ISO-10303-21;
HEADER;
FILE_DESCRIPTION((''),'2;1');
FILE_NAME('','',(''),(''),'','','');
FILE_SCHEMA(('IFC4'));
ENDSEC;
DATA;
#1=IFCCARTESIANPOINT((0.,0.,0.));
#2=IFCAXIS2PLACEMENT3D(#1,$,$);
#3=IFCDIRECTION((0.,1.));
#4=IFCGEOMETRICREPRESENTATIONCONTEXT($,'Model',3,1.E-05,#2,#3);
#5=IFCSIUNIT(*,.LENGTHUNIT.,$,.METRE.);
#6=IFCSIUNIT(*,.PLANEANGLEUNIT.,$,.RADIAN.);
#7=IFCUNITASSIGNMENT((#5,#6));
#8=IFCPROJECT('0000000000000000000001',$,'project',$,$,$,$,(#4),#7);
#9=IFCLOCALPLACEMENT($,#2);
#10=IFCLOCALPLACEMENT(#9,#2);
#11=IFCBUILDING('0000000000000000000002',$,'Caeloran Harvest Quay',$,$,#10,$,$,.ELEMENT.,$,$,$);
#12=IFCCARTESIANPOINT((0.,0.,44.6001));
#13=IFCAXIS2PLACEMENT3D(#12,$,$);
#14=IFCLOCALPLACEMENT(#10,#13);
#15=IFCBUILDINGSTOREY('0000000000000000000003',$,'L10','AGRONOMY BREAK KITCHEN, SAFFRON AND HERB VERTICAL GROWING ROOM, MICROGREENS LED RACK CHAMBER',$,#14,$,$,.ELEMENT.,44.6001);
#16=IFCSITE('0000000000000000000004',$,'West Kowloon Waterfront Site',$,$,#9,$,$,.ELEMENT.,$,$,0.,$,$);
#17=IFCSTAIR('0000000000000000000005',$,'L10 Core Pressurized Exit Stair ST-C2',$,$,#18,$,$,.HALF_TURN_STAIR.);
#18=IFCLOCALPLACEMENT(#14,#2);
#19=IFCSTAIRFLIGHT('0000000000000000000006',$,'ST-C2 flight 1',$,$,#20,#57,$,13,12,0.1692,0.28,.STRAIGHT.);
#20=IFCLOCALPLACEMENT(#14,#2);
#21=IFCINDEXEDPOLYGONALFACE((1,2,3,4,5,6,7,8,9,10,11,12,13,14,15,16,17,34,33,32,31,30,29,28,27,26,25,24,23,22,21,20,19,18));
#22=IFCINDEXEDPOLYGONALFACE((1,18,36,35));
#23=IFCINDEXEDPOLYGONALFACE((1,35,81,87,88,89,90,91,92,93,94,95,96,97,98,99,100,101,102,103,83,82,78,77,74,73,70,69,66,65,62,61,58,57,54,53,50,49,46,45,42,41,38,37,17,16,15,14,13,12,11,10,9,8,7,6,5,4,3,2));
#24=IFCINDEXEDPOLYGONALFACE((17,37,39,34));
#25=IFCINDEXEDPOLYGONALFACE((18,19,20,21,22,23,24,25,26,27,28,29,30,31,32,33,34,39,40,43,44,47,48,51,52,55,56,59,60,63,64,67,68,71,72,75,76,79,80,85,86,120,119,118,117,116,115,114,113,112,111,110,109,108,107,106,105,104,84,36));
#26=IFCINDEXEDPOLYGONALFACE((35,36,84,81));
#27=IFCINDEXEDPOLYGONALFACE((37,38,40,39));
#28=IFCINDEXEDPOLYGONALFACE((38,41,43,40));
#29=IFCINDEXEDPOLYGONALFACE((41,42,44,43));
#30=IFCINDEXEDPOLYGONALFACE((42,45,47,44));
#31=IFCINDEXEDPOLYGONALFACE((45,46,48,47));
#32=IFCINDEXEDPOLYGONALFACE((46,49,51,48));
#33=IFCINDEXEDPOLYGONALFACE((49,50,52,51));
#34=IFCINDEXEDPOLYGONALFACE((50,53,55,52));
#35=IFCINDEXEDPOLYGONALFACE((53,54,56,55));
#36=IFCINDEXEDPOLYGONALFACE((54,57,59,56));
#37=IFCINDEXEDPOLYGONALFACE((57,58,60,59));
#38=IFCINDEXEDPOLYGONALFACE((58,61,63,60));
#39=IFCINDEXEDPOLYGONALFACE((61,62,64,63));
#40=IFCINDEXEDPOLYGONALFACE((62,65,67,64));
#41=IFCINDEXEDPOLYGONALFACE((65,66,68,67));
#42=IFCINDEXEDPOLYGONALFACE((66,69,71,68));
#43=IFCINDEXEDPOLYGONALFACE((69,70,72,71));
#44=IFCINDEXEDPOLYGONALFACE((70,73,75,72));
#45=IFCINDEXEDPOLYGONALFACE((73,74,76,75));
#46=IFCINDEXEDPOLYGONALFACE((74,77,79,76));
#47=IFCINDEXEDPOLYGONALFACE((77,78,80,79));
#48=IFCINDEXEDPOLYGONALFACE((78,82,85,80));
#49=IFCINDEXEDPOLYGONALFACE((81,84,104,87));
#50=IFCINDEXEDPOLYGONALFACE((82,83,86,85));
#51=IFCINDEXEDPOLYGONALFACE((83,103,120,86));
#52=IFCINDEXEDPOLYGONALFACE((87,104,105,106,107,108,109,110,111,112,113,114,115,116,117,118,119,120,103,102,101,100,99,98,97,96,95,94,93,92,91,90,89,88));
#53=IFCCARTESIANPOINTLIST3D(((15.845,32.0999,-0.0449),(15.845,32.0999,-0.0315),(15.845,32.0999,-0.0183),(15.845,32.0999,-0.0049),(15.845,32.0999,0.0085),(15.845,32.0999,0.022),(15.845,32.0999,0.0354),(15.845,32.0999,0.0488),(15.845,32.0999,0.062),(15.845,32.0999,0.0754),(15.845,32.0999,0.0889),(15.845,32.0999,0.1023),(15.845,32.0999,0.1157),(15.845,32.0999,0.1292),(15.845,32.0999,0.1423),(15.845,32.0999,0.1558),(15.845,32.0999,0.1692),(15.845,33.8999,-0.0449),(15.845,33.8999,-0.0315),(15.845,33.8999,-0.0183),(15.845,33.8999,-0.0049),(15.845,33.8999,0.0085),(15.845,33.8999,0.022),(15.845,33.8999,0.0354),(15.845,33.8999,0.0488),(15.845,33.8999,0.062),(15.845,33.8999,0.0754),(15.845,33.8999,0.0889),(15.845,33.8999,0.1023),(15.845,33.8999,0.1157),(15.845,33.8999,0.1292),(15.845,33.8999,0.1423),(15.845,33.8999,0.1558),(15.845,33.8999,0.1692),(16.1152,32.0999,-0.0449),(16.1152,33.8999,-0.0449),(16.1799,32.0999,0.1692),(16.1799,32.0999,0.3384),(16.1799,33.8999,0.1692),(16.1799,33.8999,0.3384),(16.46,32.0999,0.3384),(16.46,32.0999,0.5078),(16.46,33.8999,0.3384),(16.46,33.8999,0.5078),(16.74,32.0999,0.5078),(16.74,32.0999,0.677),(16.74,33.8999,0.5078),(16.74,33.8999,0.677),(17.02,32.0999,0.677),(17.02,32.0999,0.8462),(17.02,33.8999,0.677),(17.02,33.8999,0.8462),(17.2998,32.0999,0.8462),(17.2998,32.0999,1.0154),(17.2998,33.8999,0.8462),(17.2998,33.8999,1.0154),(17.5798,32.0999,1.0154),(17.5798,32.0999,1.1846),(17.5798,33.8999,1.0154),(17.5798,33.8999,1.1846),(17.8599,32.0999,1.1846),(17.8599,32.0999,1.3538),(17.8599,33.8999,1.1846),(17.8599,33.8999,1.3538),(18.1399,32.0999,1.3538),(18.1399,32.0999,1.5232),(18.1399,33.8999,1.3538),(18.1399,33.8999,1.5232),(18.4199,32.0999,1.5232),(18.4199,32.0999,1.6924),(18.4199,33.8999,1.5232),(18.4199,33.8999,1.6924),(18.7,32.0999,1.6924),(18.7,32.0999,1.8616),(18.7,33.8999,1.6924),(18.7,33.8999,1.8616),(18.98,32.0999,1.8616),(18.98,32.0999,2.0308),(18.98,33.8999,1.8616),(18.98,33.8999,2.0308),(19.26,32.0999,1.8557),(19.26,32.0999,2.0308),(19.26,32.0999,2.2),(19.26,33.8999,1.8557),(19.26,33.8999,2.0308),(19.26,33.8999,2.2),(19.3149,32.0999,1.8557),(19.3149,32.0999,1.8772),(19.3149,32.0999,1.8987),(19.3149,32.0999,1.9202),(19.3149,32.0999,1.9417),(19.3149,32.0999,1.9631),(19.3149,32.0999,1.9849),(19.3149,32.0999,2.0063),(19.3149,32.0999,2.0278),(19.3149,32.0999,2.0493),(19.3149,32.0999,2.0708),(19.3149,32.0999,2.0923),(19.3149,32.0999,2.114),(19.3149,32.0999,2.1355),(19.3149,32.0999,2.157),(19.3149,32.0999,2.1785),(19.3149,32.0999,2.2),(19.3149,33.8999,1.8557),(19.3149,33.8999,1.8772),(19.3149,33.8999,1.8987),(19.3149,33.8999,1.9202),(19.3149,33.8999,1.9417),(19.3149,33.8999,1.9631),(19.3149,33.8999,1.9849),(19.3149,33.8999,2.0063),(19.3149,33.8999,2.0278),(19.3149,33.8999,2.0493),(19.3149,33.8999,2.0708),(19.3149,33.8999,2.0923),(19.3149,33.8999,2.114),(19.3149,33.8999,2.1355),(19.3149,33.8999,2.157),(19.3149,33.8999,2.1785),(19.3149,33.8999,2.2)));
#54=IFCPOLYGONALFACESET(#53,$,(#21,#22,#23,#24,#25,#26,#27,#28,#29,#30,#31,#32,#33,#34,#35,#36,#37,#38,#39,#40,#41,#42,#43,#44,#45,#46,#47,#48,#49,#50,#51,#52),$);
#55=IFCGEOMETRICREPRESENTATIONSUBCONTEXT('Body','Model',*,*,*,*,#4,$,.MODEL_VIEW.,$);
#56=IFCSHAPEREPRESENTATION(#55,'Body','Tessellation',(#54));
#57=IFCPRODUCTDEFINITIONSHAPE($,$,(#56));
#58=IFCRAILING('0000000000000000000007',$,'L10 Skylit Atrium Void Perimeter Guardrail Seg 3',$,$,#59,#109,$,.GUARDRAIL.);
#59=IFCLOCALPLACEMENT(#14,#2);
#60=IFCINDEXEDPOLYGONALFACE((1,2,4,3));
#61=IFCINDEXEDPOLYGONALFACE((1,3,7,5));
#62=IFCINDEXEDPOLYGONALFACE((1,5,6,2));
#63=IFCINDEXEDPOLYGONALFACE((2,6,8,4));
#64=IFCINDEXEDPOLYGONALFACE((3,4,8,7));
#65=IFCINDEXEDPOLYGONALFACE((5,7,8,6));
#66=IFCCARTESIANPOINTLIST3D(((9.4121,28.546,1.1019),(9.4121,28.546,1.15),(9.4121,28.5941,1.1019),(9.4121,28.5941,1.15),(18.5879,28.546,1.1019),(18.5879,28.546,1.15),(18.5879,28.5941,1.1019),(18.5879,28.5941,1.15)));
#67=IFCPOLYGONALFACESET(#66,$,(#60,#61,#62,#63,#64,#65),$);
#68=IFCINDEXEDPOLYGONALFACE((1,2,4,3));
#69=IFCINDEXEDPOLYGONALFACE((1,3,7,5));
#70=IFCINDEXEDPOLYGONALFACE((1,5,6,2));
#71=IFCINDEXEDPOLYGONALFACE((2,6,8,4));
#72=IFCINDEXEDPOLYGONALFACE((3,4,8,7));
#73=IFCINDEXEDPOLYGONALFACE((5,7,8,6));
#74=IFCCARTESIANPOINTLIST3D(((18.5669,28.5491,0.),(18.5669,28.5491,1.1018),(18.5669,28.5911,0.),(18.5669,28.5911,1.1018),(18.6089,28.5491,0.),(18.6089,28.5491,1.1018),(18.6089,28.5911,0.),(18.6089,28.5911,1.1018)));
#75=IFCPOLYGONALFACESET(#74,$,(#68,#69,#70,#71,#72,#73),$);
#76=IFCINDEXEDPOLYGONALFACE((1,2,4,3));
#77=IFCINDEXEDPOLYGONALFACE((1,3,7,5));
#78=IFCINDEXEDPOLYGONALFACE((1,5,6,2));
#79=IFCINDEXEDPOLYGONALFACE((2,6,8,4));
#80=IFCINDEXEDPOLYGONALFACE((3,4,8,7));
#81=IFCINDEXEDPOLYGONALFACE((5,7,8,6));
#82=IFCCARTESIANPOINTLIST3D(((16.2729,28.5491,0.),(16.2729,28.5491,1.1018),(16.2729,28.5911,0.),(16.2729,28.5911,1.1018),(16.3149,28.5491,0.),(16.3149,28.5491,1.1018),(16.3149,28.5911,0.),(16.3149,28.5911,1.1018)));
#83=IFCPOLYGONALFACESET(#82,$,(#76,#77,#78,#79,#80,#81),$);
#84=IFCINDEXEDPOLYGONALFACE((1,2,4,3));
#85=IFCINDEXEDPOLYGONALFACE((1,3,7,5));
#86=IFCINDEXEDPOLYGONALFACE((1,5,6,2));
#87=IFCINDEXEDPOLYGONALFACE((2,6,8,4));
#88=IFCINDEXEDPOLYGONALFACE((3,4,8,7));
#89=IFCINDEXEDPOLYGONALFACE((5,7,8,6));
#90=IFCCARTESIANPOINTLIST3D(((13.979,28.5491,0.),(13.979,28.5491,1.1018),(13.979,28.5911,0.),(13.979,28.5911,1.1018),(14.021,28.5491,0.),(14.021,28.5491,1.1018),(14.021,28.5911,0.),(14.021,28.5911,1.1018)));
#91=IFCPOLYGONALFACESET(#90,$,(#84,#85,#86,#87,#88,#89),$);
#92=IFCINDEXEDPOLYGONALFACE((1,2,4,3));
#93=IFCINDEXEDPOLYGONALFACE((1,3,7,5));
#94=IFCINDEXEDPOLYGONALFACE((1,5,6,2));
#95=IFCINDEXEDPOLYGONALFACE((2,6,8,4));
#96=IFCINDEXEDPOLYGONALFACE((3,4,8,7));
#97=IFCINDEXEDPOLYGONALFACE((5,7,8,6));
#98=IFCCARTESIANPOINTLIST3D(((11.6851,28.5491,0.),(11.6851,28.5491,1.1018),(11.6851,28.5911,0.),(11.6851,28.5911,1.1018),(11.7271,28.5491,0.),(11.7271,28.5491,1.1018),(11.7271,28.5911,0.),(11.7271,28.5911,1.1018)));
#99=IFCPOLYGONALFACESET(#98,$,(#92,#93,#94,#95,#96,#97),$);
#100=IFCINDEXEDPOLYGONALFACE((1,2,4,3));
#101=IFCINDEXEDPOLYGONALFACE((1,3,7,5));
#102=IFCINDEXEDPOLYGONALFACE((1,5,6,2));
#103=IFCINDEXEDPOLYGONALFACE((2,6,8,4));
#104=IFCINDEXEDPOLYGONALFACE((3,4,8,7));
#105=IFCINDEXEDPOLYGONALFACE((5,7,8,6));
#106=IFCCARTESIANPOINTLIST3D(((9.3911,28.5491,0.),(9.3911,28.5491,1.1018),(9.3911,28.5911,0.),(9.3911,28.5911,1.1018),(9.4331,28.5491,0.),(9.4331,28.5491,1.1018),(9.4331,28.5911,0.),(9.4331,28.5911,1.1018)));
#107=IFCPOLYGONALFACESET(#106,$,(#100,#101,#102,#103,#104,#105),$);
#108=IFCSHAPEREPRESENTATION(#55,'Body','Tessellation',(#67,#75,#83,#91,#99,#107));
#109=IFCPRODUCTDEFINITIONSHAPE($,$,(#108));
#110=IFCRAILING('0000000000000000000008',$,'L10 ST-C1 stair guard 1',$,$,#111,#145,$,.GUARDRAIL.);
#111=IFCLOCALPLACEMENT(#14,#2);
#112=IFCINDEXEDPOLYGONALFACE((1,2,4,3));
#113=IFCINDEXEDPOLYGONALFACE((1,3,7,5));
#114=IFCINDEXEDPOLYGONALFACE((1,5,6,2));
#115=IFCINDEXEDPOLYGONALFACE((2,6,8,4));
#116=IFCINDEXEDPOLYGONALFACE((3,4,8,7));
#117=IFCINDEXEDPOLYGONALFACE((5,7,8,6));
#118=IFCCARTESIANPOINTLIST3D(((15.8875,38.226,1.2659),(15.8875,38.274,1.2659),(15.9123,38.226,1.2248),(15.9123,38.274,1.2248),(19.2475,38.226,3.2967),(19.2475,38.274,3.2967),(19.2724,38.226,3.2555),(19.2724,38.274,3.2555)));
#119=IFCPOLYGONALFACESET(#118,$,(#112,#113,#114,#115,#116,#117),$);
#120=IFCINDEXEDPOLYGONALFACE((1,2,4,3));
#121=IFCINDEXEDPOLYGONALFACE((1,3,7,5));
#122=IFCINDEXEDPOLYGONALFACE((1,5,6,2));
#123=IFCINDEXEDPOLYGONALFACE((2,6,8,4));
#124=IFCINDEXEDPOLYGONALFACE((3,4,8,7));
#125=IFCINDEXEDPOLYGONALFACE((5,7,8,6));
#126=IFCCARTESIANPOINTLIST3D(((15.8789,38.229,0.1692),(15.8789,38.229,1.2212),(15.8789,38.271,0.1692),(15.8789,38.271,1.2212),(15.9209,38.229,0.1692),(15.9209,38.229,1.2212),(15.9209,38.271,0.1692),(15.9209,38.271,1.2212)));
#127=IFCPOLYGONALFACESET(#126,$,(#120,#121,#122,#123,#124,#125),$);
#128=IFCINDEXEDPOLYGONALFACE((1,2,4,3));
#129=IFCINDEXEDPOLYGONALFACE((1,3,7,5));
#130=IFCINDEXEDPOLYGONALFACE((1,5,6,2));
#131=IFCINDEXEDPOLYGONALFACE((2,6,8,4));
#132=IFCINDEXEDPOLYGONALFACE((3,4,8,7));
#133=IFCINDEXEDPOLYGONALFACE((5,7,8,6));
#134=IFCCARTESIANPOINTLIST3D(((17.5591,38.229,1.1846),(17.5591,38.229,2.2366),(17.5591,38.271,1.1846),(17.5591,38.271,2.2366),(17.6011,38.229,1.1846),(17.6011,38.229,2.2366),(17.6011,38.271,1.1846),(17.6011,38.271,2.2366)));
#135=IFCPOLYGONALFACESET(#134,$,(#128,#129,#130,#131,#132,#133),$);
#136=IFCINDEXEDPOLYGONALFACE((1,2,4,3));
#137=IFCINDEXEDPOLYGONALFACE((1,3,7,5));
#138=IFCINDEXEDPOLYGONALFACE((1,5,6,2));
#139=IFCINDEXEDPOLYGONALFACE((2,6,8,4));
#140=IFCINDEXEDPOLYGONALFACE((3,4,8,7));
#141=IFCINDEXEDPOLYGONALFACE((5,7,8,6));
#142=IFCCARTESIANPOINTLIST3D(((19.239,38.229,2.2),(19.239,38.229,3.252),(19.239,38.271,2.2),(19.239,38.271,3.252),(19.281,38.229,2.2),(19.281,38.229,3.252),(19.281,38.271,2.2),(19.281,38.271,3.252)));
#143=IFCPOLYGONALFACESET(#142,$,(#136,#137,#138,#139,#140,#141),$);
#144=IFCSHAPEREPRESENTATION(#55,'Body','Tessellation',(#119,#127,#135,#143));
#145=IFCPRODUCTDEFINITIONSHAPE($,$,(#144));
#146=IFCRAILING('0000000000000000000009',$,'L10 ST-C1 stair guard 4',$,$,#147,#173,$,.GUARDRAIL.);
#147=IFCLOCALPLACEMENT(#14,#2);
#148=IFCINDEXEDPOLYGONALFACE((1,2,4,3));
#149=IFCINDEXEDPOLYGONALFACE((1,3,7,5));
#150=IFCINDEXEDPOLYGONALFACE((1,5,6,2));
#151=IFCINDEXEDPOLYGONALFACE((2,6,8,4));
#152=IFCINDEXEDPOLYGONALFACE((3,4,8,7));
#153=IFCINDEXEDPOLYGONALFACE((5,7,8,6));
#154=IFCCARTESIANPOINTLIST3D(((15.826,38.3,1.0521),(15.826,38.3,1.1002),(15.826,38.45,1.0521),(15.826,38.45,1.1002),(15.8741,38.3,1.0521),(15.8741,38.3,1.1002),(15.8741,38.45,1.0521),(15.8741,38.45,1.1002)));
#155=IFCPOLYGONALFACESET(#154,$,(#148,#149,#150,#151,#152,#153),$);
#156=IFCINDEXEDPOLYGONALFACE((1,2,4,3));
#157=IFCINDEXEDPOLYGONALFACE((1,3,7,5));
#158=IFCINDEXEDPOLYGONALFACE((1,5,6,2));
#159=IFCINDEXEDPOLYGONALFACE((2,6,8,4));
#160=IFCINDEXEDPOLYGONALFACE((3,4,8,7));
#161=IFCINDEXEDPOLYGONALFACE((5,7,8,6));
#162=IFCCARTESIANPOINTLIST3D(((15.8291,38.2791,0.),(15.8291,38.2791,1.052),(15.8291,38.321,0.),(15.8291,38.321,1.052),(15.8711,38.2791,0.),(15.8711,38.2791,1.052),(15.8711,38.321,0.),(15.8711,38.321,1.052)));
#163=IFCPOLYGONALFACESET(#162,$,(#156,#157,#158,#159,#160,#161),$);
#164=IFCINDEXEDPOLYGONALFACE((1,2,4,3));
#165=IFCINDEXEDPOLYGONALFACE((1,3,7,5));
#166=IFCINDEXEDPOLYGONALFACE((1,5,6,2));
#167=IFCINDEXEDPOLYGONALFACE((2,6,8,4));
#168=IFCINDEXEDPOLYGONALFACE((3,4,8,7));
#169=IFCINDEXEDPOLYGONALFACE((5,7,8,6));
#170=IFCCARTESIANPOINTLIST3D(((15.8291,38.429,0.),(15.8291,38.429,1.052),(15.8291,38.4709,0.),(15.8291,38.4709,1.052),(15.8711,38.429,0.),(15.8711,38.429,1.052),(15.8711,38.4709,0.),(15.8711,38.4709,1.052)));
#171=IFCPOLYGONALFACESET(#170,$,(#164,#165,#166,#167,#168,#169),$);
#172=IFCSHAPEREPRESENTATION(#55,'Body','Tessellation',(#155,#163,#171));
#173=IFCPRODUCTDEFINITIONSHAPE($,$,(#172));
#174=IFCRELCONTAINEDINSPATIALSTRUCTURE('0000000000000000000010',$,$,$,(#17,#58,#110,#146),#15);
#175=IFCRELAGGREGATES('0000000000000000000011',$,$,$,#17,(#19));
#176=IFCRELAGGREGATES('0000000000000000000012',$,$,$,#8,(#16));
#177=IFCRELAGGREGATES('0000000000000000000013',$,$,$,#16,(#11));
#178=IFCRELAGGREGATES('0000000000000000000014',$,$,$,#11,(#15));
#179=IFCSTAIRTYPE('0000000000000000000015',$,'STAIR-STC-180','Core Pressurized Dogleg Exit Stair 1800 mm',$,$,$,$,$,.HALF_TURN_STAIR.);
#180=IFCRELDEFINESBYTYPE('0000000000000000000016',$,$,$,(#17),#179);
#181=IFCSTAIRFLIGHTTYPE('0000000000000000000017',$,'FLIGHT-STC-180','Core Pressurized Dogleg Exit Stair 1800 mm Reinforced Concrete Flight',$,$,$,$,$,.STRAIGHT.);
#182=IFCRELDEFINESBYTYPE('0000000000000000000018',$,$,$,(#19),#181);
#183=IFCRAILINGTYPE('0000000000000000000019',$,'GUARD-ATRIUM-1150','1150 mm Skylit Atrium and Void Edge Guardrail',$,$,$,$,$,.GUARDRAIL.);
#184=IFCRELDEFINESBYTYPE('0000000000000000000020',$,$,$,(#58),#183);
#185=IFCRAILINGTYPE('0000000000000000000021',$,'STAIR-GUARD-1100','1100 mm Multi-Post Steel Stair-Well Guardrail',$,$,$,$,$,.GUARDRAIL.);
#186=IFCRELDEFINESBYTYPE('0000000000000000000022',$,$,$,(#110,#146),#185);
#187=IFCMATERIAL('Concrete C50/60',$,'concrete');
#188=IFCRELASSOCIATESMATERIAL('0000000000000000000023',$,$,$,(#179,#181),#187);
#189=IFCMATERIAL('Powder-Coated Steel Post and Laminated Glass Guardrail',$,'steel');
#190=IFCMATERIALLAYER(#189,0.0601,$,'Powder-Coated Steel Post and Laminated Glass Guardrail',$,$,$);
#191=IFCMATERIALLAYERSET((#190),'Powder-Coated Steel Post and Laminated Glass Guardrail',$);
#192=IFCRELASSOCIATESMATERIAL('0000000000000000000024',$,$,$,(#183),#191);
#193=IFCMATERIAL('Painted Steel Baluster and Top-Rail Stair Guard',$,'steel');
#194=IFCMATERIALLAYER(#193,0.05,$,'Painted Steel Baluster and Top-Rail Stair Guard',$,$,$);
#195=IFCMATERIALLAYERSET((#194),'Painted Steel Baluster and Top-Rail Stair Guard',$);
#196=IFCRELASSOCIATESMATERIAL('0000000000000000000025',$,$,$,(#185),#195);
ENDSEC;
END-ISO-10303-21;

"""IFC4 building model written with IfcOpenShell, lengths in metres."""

from ifc_helpers import new_model, si_unit, direction, frame, origin, origin_2d, place, context, subcontext, project, spatial, polyline, rectangle, outline, extrude, material, layer, layer_set, type_object, element, aggregate, save


model = new_model("IFC4")

# Units and contexts
model_context = context("Model", 3, precision=1e-05, world=origin(), true_north=direction((0.0, 1.0)))
body_context = subcontext(model_context, "Body", "Model", "MODEL_VIEW")
ifc_project = project(units=[si_unit("LENGTHUNIT", "METRE"), si_unit("PLANEANGLEUNIT", "RADIAN")], contexts=[model_context])

# Site, building, storey
site_placement = place(None, origin())
site = spatial("IfcSite", under=ifc_project, at=site_placement, Name="West Kowloon Waterfront Site", CompositionType="ELEMENT", RefElevation=0.0)
building_placement = place(site_placement, origin())
building = spatial("IfcBuilding", under=site, at=building_placement, Name="Caeloran Harvest Quay", CompositionType="ELEMENT")
storey_placement = place(building_placement, frame((0.0, 0.0, 44.6001)))
storey = spatial("IfcBuildingStorey", under=building, at=storey_placement, Name="L10", Description="AGRONOMY BREAK KITCHEN, SAFFRON AND HERB VERTICAL GROWING ROOM, MICROGREENS LED RACK CHAMBER", CompositionType="ELEMENT", Elevation=44.6001)

# Stair, stair flight
ifc_material_1 = material(Name="Concrete C50/60", Category="concrete")
stair_type = type_object("IfcStairType", Name="STAIR-STC-180", Description="Core Pressurized Dogleg Exit Stair 1800 mm", PredefinedType="HALF_TURN_STAIR", material=ifc_material_1)
stair_flight_type = type_object("IfcStairFlightType", Name="FLIGHT-STC-180", Description="Core Pressurized Dogleg Exit Stair 1800 mm Reinforced Concrete Flight", PredefinedType="STRAIGHT", material=ifc_material_1)
stair_1_placement = place(storey_placement, origin())
stair_1 = element("IfcStair", 1, at=stair_1_placement, inside=storey, type_object=stair_type, Name="L10 Core Pressurized Exit Stair ST-C2", PredefinedType="HALF_TURN_STAIR")
stair_flight_1_placement = place(storey_placement, frame((15.8999, 33.0, 0.0), z_axis=(0.0, 0.0, 1.0), x_axis=(1.0, 0.0, 0.0)))
stair_flight_1 = element("IfcStairFlight", 2, at=stair_flight_1_placement, type_object=stair_flight_type, Name="ST-C2 flight 1", NumberOfRisers=13, NumberOfTreads=12, PredefinedType="STRAIGHT", RiserHeight=0.1692, TreadLength=0.28, context=body_context, shape_type="SweptSolid", body=[
    extrude(outline(polyline([(-0.0549, -0.0449), (-0.0549, -0.0315), (-0.0549, -0.0183), (-0.0549, -0.0049), (-0.0549, 0.0085), (-0.0549, 0.022), (-0.0549, 0.0354), (-0.0549, 0.0488), (-0.0549, 0.062), (-0.0549, 0.0754), (-0.0549, 0.0889), (-0.0549, 0.1023), (-0.0549, 0.1157), (-0.0549, 0.1292), (-0.0549, 0.1423), (-0.0549, 0.1558), (-0.0549, 0.1692), (0.28, 0.1692), (0.28, 0.3384), (0.5601, 0.3384), (0.5601, 0.5078), (0.8401, 0.5078), (0.8401, 0.677), (1.1201, 0.677), (1.1201, 0.8462), (1.3999, 0.8462), (1.3999, 1.0154), (1.6799, 1.0154), (1.6799, 1.1846), (1.96, 1.1846), (1.96, 1.3538), (2.24, 1.3538), (2.24, 1.5232), (2.52, 1.5232), (2.52, 1.6924), (2.8, 1.6924), (2.8, 1.8616), (3.0801, 1.8616), (3.0801, 2.0308), (3.3601, 2.0308), (3.3601, 2.2), (3.415, 2.2), (3.415, 2.1785), (3.415, 2.157), (3.415, 2.1355), (3.415, 2.114), (3.415, 2.0923), (3.415, 2.0708), (3.415, 2.0493), (3.415, 2.0278), (3.415, 2.0063), (3.415, 1.9849), (3.415, 1.9631), (3.415, 1.9417), (3.415, 1.9202), (3.415, 1.8987), (3.415, 1.8772), (3.415, 1.8557), (3.3601, 1.8557), (0.2153, -0.0449), (-0.0549, -0.0449)])), frame((0.0, 0.8999, 0.0), z_axis=(0.0, -1.0, 0.0), x_axis=(1.0, 0.0, 0.0)), (0.0, 0.0, 1.0), 1.8),
])
aggregate(stair_1, [stair_flight_1])

# Railings
ifc_material_2 = material(Name="Powder-Coated Steel Post and Laminated Glass Guardrail", Category="steel")
ifc_layer_1 = layer(ifc_material_2, 0.0601, Name="Powder-Coated Steel Post and Laminated Glass Guardrail")
ifc_layer_set_1 = layer_set([ifc_layer_1], Name="Powder-Coated Steel Post and Laminated Glass Guardrail")
railing_type_1 = type_object("IfcRailingType", Name="GUARD-ATRIUM-1150", Description="1150 mm Skylit Atrium and Void Edge Guardrail", PredefinedType="GUARDRAIL", material=ifc_layer_set_1)
railing_1_placement = place(storey_placement, frame((18.5879, 28.5701, 0.0)))
element("IfcRailing", 3, at=railing_1_placement, inside=storey, type_object=railing_type_1, Name="L10 Skylit Atrium Void Perimeter Guardrail Seg 3", PredefinedType="GUARDRAIL", context=body_context, shape_type="SweptSolid", body=[
    extrude(rectangle(XDim=0.0481, YDim=0.0481, at=origin_2d()), frame((0.0, 0.0, 1.126), z_axis=(-1.0, 0.0, 0.0), x_axis=(0.0, -1.0, 0.0)), (0.0, 0.0, 1.0), 9.1758),
    extrude(rectangle(XDim=0.042, YDim=0.042, at=origin_2d()), origin(), (0.0, 0.0, 1.0), 1.1018),
    extrude(rectangle(XDim=0.042, YDim=0.042, at=origin_2d()), frame((-2.2939, 0.0, 0.0)), (0.0, 0.0, 1.0), 1.1018),
    extrude(rectangle(XDim=0.042, YDim=0.042, at=origin_2d()), frame((-4.5879, 0.0, 0.0)), (0.0, 0.0, 1.0), 1.1018),
    extrude(rectangle(XDim=0.042, YDim=0.042, at=origin_2d()), frame((-6.8818, 0.0, 0.0)), (0.0, 0.0, 1.0), 1.1018),
    extrude(rectangle(XDim=0.042, YDim=0.042, at=origin_2d()), frame((-9.1758, 0.0, 0.0)), (0.0, 0.0, 1.0), 1.1018),
])
ifc_material_3 = material(Name="Painted Steel Baluster and Top-Rail Stair Guard", Category="steel")
ifc_layer_2 = layer(ifc_material_3, 0.05, Name="Painted Steel Baluster and Top-Rail Stair Guard")
ifc_layer_set_2 = layer_set([ifc_layer_2], Name="Painted Steel Baluster and Top-Rail Stair Guard")
railing_type_2 = type_object("IfcRailingType", Name="STAIR-GUARD-1100", Description="1100 mm Multi-Post Steel Stair-Well Guardrail", PredefinedType="GUARDRAIL", material=ifc_layer_set_2)
railing_2_placement = place(storey_placement, frame((15.8999, 38.25, 0.1692)))
element("IfcRailing", 4, at=railing_2_placement, inside=storey, type_object=railing_type_2, Name="L10 ST-C1 stair guard 1", PredefinedType="GUARDRAIL", context=body_context, shape_type="SweptSolid", body=[
    extrude(rectangle(XDim=0.0481, YDim=0.0481, at=origin_2d()), frame((0.0, 0.0, 1.0762), z_axis=(0.855837, 0.0, 0.517246), x_axis=(0.0, 1.0, 0.0)), (0.0, 0.0, 1.0), 3.926),
    extrude(rectangle(XDim=0.042, YDim=0.042, at=origin_2d()), origin(), (0.0, 0.0, 1.0), 1.052),
    extrude(rectangle(XDim=0.042, YDim=0.042, at=origin_2d()), frame((1.6802, 0.0, 1.0154)), (0.0, 0.0, 1.0), 1.052),
    extrude(rectangle(XDim=0.042, YDim=0.042, at=origin_2d()), frame((3.3601, 0.0, 2.0308)), (0.0, 0.0, 1.0), 1.052),
])
railing_3_placement = place(storey_placement, frame((15.8501, 38.3, 0.0)))
element("IfcRailing", 5, at=railing_3_placement, inside=storey, type_object=railing_type_2, Name="L10 ST-C1 stair guard 4", PredefinedType="GUARDRAIL", context=body_context, shape_type="SweptSolid", body=[
    extrude(rectangle(XDim=0.0481, YDim=0.0481, at=origin_2d()), frame((0.0, 0.0, 1.0762), z_axis=(0.0, 1.0, 0.0), x_axis=(-1.0, 0.0, 0.0)), (0.0, 0.0, 1.0), 0.1499),
    extrude(rectangle(XDim=0.042, YDim=0.042, at=origin_2d()), origin(), (0.0, 0.0, 1.0), 1.052),
    extrude(rectangle(XDim=0.042, YDim=0.042, at=origin_2d()), frame((0.0, 0.1499, 0.0)), (0.0, 0.0, 1.0), 1.052),
])

save(model, "model.ifc")
